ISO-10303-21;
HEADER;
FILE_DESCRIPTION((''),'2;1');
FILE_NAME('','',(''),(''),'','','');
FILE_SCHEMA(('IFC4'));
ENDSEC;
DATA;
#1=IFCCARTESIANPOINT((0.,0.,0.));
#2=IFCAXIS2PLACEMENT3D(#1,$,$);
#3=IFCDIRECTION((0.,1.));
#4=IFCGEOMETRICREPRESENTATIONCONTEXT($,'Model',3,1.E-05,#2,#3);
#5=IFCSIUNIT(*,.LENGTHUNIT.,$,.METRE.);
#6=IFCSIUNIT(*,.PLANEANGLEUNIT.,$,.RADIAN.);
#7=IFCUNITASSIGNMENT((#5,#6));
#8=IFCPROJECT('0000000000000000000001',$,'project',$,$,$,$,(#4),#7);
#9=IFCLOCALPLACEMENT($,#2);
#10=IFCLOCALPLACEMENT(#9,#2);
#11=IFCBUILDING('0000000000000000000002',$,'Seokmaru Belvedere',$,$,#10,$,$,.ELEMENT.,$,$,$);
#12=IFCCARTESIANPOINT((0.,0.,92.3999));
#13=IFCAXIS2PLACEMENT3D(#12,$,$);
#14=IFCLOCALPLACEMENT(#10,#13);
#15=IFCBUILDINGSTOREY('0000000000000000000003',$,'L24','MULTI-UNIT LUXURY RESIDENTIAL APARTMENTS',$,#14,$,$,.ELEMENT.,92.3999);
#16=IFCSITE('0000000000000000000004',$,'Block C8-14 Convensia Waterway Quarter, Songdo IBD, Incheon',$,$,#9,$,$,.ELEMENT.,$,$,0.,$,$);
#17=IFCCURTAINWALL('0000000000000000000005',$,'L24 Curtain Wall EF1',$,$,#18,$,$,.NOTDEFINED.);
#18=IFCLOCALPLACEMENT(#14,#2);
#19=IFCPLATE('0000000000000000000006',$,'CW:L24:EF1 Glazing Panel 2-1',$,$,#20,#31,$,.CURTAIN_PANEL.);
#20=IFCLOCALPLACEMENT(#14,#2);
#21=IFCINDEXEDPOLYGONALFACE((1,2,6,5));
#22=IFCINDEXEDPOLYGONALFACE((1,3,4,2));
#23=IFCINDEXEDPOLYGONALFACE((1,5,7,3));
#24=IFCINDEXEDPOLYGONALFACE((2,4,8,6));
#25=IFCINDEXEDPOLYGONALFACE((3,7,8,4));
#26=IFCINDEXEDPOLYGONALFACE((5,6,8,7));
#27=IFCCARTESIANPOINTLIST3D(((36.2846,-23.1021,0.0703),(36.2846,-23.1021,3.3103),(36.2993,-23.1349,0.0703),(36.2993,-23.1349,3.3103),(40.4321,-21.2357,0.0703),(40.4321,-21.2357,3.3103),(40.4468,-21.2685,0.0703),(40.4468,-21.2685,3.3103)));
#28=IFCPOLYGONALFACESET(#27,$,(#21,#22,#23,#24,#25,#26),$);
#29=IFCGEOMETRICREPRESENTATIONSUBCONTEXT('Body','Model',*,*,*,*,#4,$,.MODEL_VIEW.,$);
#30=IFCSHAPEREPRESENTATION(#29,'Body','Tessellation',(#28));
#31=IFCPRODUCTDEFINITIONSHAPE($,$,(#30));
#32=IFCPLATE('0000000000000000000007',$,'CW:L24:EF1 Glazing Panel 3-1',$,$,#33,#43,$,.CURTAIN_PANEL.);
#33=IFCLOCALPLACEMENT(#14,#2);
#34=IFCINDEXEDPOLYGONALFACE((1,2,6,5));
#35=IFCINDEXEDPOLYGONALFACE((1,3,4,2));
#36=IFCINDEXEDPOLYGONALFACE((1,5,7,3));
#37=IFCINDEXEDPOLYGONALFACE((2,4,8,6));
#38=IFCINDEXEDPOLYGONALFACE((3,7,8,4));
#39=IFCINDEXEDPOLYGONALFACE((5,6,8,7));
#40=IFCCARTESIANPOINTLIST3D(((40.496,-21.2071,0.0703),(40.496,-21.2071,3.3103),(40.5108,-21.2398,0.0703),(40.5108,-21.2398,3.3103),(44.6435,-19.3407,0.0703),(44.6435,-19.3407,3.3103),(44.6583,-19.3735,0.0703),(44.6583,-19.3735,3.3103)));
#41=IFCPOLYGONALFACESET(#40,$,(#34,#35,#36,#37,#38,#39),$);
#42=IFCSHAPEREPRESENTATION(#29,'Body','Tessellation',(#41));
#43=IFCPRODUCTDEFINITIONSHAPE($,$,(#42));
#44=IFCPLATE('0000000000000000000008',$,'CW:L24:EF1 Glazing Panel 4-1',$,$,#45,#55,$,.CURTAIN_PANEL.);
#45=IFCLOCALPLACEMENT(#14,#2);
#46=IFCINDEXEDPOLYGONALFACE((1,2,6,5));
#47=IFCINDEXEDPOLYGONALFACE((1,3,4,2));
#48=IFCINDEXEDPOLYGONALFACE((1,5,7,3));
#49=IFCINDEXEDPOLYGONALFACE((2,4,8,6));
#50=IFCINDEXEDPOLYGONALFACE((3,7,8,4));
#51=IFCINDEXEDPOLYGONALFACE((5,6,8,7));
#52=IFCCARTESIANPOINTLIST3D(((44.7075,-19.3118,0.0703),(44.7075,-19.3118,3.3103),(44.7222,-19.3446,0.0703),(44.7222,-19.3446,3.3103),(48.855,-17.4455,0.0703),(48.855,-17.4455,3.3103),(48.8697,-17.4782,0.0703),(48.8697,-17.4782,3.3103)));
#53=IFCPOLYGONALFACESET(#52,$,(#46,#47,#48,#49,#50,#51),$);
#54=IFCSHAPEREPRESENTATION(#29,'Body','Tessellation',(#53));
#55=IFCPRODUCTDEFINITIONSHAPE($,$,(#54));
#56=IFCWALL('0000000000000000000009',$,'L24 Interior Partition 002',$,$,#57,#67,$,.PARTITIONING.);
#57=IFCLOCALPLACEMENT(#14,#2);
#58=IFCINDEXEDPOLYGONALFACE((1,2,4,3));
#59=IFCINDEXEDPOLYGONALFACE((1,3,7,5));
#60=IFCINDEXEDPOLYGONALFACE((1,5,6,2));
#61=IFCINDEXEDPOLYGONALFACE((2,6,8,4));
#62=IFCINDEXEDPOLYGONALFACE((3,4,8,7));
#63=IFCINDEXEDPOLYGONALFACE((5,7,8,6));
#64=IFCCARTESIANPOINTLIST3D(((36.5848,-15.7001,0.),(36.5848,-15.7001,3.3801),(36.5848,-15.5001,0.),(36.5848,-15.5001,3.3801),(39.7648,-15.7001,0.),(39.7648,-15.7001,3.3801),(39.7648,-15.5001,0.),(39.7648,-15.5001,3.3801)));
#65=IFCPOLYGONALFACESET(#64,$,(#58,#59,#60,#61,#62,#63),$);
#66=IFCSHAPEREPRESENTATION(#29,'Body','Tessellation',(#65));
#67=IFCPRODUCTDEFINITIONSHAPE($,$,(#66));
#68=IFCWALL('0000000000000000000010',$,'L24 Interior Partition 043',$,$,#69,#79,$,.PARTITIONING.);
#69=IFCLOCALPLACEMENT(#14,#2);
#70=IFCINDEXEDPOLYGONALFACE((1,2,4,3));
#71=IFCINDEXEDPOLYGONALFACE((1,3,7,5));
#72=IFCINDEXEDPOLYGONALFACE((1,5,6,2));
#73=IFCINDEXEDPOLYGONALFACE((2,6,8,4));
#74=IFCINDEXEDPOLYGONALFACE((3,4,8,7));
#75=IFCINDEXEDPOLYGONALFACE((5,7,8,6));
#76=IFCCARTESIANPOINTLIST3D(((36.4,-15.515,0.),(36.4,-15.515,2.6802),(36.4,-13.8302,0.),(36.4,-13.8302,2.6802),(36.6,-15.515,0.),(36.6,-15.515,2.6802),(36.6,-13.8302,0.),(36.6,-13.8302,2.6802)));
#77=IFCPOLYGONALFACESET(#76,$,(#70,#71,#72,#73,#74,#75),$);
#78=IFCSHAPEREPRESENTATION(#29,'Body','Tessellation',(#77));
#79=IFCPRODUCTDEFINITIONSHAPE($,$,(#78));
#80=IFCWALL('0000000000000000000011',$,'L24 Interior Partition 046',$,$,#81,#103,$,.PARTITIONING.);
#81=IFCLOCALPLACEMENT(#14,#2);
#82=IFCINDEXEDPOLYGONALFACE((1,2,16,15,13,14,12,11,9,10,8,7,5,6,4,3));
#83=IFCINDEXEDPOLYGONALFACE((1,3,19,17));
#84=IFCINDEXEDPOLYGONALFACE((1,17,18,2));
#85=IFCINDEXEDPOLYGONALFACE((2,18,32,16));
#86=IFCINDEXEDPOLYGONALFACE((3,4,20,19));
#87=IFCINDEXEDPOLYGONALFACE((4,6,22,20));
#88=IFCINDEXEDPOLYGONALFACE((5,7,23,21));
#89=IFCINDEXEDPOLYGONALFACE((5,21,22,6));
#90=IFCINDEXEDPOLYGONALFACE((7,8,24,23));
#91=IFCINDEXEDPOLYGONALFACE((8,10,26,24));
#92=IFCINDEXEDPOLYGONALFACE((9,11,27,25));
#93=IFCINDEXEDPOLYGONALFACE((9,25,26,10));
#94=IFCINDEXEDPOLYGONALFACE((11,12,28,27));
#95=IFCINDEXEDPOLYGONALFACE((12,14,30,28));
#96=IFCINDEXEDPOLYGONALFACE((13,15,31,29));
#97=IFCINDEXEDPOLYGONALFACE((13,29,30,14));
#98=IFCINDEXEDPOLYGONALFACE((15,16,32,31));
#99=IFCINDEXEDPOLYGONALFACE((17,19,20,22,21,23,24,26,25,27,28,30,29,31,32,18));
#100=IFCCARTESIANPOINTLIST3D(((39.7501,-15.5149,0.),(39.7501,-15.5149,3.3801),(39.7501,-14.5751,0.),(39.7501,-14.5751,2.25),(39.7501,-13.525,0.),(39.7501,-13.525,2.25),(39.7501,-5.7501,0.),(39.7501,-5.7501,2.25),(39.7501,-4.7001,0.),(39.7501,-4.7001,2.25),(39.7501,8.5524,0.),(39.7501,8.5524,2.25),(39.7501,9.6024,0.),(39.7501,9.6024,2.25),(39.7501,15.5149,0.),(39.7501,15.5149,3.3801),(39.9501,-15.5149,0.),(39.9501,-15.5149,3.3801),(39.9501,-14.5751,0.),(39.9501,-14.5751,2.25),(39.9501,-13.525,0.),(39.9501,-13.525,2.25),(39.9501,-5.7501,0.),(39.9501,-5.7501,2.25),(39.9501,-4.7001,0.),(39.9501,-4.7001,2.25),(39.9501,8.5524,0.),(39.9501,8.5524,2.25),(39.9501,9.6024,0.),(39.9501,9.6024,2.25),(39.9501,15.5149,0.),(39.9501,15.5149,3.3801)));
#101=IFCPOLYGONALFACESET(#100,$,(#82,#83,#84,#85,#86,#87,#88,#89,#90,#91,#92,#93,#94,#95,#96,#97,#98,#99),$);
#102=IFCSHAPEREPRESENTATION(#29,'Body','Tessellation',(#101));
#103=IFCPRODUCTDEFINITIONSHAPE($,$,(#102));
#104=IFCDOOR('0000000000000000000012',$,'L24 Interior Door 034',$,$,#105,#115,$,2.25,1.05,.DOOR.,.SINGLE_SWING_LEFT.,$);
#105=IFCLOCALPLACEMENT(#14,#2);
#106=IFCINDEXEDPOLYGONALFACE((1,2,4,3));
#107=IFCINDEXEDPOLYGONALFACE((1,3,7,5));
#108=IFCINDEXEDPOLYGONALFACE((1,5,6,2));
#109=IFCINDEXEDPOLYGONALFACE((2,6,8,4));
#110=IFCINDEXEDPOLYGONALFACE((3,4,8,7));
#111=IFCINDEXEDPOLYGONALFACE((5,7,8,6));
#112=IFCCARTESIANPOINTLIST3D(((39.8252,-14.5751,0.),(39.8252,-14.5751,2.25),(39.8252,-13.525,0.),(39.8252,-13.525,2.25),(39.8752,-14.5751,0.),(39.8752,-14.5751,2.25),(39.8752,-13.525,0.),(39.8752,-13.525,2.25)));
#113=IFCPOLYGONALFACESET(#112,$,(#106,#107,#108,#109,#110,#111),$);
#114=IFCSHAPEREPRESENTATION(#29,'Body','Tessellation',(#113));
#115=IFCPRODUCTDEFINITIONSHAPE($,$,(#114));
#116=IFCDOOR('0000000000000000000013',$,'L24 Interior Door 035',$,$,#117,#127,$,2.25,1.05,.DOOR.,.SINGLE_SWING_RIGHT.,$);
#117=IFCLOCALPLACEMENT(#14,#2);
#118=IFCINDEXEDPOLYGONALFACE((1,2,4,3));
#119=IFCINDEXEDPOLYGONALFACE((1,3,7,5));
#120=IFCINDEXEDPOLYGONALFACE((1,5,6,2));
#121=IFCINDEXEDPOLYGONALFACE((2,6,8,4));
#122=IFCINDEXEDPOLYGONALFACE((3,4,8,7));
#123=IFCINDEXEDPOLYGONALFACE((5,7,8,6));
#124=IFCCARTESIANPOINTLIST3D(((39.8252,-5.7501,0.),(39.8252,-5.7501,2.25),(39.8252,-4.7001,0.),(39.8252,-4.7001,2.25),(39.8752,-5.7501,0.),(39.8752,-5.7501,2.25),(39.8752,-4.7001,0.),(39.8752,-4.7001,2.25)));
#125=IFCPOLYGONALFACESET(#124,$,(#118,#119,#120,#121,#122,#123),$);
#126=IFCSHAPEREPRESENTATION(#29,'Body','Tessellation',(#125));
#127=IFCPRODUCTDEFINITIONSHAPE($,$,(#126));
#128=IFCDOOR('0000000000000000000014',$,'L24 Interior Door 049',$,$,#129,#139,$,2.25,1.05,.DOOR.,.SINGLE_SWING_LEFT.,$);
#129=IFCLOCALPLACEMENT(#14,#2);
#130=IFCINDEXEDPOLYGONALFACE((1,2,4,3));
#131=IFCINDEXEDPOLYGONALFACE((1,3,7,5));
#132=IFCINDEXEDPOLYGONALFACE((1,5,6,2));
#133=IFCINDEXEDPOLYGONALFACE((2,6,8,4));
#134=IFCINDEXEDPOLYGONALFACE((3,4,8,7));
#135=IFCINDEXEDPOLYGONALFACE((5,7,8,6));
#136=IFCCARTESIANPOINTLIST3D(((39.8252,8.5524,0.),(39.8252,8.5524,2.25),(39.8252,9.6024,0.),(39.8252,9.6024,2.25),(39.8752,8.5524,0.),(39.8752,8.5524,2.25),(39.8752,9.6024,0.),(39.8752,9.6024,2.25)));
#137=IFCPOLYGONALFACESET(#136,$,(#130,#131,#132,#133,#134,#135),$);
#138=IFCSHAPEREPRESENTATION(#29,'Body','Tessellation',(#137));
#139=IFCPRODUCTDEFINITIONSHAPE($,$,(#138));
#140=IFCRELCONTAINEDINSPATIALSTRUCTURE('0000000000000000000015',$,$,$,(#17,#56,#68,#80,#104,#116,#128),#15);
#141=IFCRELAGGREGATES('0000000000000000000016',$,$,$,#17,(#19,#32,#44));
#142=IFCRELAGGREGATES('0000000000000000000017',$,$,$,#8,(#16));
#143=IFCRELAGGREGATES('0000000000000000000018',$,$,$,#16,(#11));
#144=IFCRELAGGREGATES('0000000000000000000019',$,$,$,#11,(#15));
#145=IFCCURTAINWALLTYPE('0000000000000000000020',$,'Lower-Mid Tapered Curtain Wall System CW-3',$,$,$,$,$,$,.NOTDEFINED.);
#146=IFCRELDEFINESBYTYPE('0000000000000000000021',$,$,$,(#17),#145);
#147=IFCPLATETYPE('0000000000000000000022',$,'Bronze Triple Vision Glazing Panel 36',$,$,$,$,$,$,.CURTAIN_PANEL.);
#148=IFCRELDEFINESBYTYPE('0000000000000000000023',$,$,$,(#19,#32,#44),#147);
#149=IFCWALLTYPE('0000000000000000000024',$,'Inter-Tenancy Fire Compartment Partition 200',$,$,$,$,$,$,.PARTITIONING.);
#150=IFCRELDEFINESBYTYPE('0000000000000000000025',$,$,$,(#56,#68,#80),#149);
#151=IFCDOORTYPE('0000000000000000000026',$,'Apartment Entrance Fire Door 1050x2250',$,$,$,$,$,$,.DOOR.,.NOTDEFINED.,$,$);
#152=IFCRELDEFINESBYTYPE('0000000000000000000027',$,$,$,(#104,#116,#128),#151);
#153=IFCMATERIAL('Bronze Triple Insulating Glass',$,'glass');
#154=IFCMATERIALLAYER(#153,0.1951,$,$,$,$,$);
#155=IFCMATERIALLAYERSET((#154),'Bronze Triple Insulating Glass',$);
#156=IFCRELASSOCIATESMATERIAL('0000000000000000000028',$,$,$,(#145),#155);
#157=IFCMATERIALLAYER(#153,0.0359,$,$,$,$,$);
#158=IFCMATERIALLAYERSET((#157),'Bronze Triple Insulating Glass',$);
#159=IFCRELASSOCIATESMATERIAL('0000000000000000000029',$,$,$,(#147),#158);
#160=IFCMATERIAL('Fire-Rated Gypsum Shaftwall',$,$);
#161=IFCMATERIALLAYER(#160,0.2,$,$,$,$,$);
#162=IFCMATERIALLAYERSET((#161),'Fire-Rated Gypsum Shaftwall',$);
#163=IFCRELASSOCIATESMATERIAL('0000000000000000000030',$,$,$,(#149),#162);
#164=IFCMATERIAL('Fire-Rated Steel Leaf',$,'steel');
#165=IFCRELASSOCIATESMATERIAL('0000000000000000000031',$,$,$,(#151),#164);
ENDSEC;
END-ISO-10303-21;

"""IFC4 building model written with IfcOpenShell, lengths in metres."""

from ifc_helpers import new_model, si_unit, direction, frame, frame_2d, origin, origin_2d, place, context, subcontext, project, spatial, rectangle, extrude, source, transform, mapped, material, layer, layer_set, type_object, type_shapes, element, fill, aggregate, save


model = new_model("IFC4")

# Units and contexts
model_context = context("Model", 3, precision=1e-05, world=origin(), true_north=direction((0.0, 1.0)))
body_context = subcontext(model_context, "Body", "Model", "MODEL_VIEW")
ifc_project = project(units=[si_unit("LENGTHUNIT", "METRE"), si_unit("PLANEANGLEUNIT", "RADIAN")], contexts=[model_context])

# Site, building, storey
site_placement = place(None, origin())
site = spatial("IfcSite", under=ifc_project, at=site_placement, Name="Block C8-14 Convensia Waterway Quarter, Songdo IBD, Incheon", CompositionType="ELEMENT", RefElevation=0.0)
building_placement = place(site_placement, origin())
building = spatial("IfcBuilding", under=site, at=building_placement, Name="Seokmaru Belvedere", CompositionType="ELEMENT")
storey_placement = place(building_placement, frame((0.0, 0.0, 92.3999)))
storey = spatial("IfcBuildingStorey", under=building, at=storey_placement, Name="L24", Description="MULTI-UNIT LUXURY RESIDENTIAL APARTMENTS", CompositionType="ELEMENT", Elevation=92.3999)

# Curtain wall, plates
ifc_material_1 = material(Name="Bronze Triple Insulating Glass", Category="glass")
ifc_layer_1 = layer(ifc_material_1, 0.1951)
ifc_layer_set_1 = layer_set([ifc_layer_1], Name="Bronze Triple Insulating Glass")
curtain_wall_type = type_object("IfcCurtainWallType", Name="Lower-Mid Tapered Curtain Wall System CW-3", PredefinedType="NOTDEFINED", material=ifc_layer_set_1)
curtain_wall_placement = place(storey_placement, origin())
curtain_wall = element("IfcCurtainWall", 1, at=curtain_wall_placement, inside=storey, type_object=curtain_wall_type, Name="L24 Curtain Wall EF1", PredefinedType="NOTDEFINED")
ifc_layer_2 = layer(ifc_material_1, 0.0359)
ifc_layer_set_2 = layer_set([ifc_layer_2], Name="Bronze Triple Insulating Glass")
plate_type = type_object("IfcPlateType", Name="Bronze Triple Vision Glazing Panel 36", PredefinedType="CURTAIN_PANEL", material=ifc_layer_set_2)
shared_shape_1 = source(origin(), body_context, "Body", "SweptSolid", [
    extrude(rectangle(XDim=4.5481, YDim=0.0359, at=origin_2d()), origin(), (0.0, 0.0, 1.0), 3.24),
])
type_shapes(plate_type, [shared_shape_1])
plate_1_placement = place(storey_placement, frame((38.3657, -22.1853, 0.0703), z_axis=(0.0, 0.0, 1.0), x_axis=(0.911921, 0.410366, 0.0)))
plate_1 = element("IfcPlate", 2, at=plate_1_placement, type_object=plate_type, Name="CW:L24:EF1 Glazing Panel 2-1", PredefinedType="CURTAIN_PANEL", context=body_context, shape_type="MappedRepresentation", body=[
    mapped(shared_shape_1, transform((0.0, 0.0, 0.0), scale=1.0)),
])
plate_2_placement = place(storey_placement, frame((42.5771, -20.2903, 0.0703), z_axis=(0.0, 0.0, 1.0), x_axis=(0.911921, 0.410366, 0.0)))
plate_2 = element("IfcPlate", 3, at=plate_2_placement, type_object=plate_type, Name="CW:L24:EF1 Glazing Panel 3-1", PredefinedType="CURTAIN_PANEL", context=body_context, shape_type="MappedRepresentation", body=[
    mapped(shared_shape_1, transform((0.0, 0.0, 0.0), scale=1.0)),
])
plate_3_placement = place(storey_placement, frame((46.7886, -18.395, 0.0703), z_axis=(0.0, 0.0, 1.0), x_axis=(0.911921, 0.410366, 0.0)))
plate_3 = element("IfcPlate", 4, at=plate_3_placement, type_object=plate_type, Name="CW:L24:EF1 Glazing Panel 4-1", PredefinedType="CURTAIN_PANEL", context=body_context, shape_type="MappedRepresentation", body=[
    mapped(shared_shape_1, transform((0.0, 0.0, 0.0), scale=1.0)),
])
aggregate(curtain_wall, [plate_1, plate_2, plate_3])

# Walls
ifc_material_2 = material(Name="Fire-Rated Gypsum Shaftwall")
ifc_layer_3 = layer(ifc_material_2, 0.2)
ifc_layer_set_3 = layer_set([ifc_layer_3], Name="Fire-Rated Gypsum Shaftwall")
wall_type = type_object("IfcWallType", Name="Inter-Tenancy Fire Compartment Partition 200", PredefinedType="PARTITIONING", material=ifc_layer_set_3)
wall_1_placement = place(storey_placement, frame((36.585, -15.6001, 0.0), z_axis=(0.0, 0.0, 1.0), x_axis=(1.0, 0.0, 0.0)))
element("IfcWall", 5, at=wall_1_placement, inside=storey, type_object=wall_type, Name="L24 Interior Partition 002", PredefinedType="PARTITIONING", context=body_context, shape_type="SweptSolid", body=[
    extrude(rectangle(XDim=3.1799, YDim=0.2, at=frame_2d((1.5898, 0.0))), origin(), (0.0, 0.0, 1.0), 3.3801),
])
wall_2_placement = place(storey_placement, frame((36.5, -15.5149, 0.0), z_axis=(0.0, 0.0, 1.0), x_axis=(0.0, 1.0, 0.0)))
element("IfcWall", 6, at=wall_2_placement, inside=storey, type_object=wall_type, Name="L24 Interior Partition 043", PredefinedType="PARTITIONING", context=body_context, shape_type="SweptSolid", body=[
    extrude(rectangle(XDim=1.6848, YDim=0.2, at=frame_2d((0.8423, 0.0))), origin(), (0.0, 0.0, 1.0), 2.6802),
])

# Wall, openings, doors
wall_3_placement = place(storey_placement, frame((39.8501, -15.5149, 0.0), z_axis=(0.0, 0.0, 1.0), x_axis=(0.0, 1.0, 0.0)))
wall_3 = element("IfcWall", 7, at=wall_3_placement, inside=storey, type_object=wall_type, Name="L24 Interior Partition 046", PredefinedType="PARTITIONING", context=body_context, shape_type="SweptSolid", body=[
    extrude(rectangle(XDim=31.0298, YDim=0.2, at=frame_2d((15.5149, 0.0))), origin(), (0.0, 0.0, 1.0), 3.3801),
])
opening_1_placement = place(wall_3_placement, frame((0.9399, 0.0, 0.0)))
opening_1 = element("IfcOpeningElement", 8, at=opening_1_placement, cuts=wall_3, PredefinedType="OPENING", context=body_context, shape_type="SweptSolid", body=[
    extrude(rectangle(XDim=1.05, YDim=2.25, at=frame_2d((0.5249, 1.125))), frame((0.0, 0.1099, 0.0), z_axis=(0.0, -1.0, 0.0), x_axis=(1.0, 0.0, 0.0)), (0.0, 0.0, 1.0), 0.22),
])
opening_2_placement = place(wall_3_placement, frame((9.7649, 0.0, 0.0)))
opening_2 = element("IfcOpeningElement", 9, at=opening_2_placement, cuts=wall_3, PredefinedType="OPENING", context=body_context, shape_type="SweptSolid", body=[
    extrude(rectangle(XDim=1.05, YDim=2.25, at=frame_2d((0.5249, 1.125))), frame((0.0, 0.1099, 0.0), z_axis=(0.0, -1.0, 0.0), x_axis=(1.0, 0.0, 0.0)), (0.0, 0.0, 1.0), 0.22),
])
opening_3_placement = place(wall_3_placement, frame((24.0674, 0.0, 0.0)))
opening_3 = element("IfcOpeningElement", 10, at=opening_3_placement, cuts=wall_3, PredefinedType="OPENING", context=body_context, shape_type="SweptSolid", body=[
    extrude(rectangle(XDim=1.05, YDim=2.25, at=frame_2d((0.5249, 1.125))), frame((0.0, 0.1099, 0.0), z_axis=(0.0, -1.0, 0.0), x_axis=(1.0, 0.0, 0.0)), (0.0, 0.0, 1.0), 0.22),
])
ifc_material_3 = material(Name="Fire-Rated Steel Leaf", Category="steel")
door_type = type_object("IfcDoorType", Name="Apartment Entrance Fire Door 1050x2250", OperationType="NOTDEFINED", PredefinedType="DOOR", material=ifc_material_3)
shared_shape_2 = source(origin(), body_context, "Body", "SweptSolid", [
    extrude(rectangle(XDim=1.05, YDim=2.25, at=frame_2d((0.5249, 1.125))), frame((0.0, 0.0249, 0.0), z_axis=(0.0, -1.0, 0.0), x_axis=(1.0, 0.0, 0.0)), (0.0, 0.0, 1.0), 0.05),
])
type_shapes(door_type, [shared_shape_2])
door_1_placement = place(opening_1_placement, origin())
door_1 = element("IfcDoor", 11, at=door_1_placement, inside=storey, type_object=door_type, Name="L24 Interior Door 034", OperationType="SINGLE_SWING_LEFT", OverallHeight=2.25, OverallWidth=1.05, PredefinedType="DOOR", context=body_context, shape_type="MappedRepresentation", body=[
    mapped(shared_shape_2, transform((0.0, 0.0, 0.0), scale=1.0)),
])
fill(opening_1, door_1)
door_2_placement = place(opening_2_placement, origin())
door_2 = element("IfcDoor", 12, at=door_2_placement, inside=storey, type_object=door_type, Name="L24 Interior Door 035", OperationType="SINGLE_SWING_RIGHT", OverallHeight=2.25, OverallWidth=1.05, PredefinedType="DOOR", context=body_context, shape_type="MappedRepresentation", body=[
    mapped(shared_shape_2, transform((0.0, 0.0, 0.0), scale=1.0)),
])
fill(opening_2, door_2)
door_3_placement = place(opening_3_placement, origin())
door_3 = element("IfcDoor", 13, at=door_3_placement, inside=storey, type_object=door_type, Name="L24 Interior Door 049", OperationType="SINGLE_SWING_LEFT", OverallHeight=2.25, OverallWidth=1.05, PredefinedType="DOOR", context=body_context, shape_type="MappedRepresentation", body=[
    mapped(shared_shape_2, transform((0.0, 0.0, 0.0), scale=1.0)),
])
fill(opening_3, door_3)

save(model, "model.ifc")
